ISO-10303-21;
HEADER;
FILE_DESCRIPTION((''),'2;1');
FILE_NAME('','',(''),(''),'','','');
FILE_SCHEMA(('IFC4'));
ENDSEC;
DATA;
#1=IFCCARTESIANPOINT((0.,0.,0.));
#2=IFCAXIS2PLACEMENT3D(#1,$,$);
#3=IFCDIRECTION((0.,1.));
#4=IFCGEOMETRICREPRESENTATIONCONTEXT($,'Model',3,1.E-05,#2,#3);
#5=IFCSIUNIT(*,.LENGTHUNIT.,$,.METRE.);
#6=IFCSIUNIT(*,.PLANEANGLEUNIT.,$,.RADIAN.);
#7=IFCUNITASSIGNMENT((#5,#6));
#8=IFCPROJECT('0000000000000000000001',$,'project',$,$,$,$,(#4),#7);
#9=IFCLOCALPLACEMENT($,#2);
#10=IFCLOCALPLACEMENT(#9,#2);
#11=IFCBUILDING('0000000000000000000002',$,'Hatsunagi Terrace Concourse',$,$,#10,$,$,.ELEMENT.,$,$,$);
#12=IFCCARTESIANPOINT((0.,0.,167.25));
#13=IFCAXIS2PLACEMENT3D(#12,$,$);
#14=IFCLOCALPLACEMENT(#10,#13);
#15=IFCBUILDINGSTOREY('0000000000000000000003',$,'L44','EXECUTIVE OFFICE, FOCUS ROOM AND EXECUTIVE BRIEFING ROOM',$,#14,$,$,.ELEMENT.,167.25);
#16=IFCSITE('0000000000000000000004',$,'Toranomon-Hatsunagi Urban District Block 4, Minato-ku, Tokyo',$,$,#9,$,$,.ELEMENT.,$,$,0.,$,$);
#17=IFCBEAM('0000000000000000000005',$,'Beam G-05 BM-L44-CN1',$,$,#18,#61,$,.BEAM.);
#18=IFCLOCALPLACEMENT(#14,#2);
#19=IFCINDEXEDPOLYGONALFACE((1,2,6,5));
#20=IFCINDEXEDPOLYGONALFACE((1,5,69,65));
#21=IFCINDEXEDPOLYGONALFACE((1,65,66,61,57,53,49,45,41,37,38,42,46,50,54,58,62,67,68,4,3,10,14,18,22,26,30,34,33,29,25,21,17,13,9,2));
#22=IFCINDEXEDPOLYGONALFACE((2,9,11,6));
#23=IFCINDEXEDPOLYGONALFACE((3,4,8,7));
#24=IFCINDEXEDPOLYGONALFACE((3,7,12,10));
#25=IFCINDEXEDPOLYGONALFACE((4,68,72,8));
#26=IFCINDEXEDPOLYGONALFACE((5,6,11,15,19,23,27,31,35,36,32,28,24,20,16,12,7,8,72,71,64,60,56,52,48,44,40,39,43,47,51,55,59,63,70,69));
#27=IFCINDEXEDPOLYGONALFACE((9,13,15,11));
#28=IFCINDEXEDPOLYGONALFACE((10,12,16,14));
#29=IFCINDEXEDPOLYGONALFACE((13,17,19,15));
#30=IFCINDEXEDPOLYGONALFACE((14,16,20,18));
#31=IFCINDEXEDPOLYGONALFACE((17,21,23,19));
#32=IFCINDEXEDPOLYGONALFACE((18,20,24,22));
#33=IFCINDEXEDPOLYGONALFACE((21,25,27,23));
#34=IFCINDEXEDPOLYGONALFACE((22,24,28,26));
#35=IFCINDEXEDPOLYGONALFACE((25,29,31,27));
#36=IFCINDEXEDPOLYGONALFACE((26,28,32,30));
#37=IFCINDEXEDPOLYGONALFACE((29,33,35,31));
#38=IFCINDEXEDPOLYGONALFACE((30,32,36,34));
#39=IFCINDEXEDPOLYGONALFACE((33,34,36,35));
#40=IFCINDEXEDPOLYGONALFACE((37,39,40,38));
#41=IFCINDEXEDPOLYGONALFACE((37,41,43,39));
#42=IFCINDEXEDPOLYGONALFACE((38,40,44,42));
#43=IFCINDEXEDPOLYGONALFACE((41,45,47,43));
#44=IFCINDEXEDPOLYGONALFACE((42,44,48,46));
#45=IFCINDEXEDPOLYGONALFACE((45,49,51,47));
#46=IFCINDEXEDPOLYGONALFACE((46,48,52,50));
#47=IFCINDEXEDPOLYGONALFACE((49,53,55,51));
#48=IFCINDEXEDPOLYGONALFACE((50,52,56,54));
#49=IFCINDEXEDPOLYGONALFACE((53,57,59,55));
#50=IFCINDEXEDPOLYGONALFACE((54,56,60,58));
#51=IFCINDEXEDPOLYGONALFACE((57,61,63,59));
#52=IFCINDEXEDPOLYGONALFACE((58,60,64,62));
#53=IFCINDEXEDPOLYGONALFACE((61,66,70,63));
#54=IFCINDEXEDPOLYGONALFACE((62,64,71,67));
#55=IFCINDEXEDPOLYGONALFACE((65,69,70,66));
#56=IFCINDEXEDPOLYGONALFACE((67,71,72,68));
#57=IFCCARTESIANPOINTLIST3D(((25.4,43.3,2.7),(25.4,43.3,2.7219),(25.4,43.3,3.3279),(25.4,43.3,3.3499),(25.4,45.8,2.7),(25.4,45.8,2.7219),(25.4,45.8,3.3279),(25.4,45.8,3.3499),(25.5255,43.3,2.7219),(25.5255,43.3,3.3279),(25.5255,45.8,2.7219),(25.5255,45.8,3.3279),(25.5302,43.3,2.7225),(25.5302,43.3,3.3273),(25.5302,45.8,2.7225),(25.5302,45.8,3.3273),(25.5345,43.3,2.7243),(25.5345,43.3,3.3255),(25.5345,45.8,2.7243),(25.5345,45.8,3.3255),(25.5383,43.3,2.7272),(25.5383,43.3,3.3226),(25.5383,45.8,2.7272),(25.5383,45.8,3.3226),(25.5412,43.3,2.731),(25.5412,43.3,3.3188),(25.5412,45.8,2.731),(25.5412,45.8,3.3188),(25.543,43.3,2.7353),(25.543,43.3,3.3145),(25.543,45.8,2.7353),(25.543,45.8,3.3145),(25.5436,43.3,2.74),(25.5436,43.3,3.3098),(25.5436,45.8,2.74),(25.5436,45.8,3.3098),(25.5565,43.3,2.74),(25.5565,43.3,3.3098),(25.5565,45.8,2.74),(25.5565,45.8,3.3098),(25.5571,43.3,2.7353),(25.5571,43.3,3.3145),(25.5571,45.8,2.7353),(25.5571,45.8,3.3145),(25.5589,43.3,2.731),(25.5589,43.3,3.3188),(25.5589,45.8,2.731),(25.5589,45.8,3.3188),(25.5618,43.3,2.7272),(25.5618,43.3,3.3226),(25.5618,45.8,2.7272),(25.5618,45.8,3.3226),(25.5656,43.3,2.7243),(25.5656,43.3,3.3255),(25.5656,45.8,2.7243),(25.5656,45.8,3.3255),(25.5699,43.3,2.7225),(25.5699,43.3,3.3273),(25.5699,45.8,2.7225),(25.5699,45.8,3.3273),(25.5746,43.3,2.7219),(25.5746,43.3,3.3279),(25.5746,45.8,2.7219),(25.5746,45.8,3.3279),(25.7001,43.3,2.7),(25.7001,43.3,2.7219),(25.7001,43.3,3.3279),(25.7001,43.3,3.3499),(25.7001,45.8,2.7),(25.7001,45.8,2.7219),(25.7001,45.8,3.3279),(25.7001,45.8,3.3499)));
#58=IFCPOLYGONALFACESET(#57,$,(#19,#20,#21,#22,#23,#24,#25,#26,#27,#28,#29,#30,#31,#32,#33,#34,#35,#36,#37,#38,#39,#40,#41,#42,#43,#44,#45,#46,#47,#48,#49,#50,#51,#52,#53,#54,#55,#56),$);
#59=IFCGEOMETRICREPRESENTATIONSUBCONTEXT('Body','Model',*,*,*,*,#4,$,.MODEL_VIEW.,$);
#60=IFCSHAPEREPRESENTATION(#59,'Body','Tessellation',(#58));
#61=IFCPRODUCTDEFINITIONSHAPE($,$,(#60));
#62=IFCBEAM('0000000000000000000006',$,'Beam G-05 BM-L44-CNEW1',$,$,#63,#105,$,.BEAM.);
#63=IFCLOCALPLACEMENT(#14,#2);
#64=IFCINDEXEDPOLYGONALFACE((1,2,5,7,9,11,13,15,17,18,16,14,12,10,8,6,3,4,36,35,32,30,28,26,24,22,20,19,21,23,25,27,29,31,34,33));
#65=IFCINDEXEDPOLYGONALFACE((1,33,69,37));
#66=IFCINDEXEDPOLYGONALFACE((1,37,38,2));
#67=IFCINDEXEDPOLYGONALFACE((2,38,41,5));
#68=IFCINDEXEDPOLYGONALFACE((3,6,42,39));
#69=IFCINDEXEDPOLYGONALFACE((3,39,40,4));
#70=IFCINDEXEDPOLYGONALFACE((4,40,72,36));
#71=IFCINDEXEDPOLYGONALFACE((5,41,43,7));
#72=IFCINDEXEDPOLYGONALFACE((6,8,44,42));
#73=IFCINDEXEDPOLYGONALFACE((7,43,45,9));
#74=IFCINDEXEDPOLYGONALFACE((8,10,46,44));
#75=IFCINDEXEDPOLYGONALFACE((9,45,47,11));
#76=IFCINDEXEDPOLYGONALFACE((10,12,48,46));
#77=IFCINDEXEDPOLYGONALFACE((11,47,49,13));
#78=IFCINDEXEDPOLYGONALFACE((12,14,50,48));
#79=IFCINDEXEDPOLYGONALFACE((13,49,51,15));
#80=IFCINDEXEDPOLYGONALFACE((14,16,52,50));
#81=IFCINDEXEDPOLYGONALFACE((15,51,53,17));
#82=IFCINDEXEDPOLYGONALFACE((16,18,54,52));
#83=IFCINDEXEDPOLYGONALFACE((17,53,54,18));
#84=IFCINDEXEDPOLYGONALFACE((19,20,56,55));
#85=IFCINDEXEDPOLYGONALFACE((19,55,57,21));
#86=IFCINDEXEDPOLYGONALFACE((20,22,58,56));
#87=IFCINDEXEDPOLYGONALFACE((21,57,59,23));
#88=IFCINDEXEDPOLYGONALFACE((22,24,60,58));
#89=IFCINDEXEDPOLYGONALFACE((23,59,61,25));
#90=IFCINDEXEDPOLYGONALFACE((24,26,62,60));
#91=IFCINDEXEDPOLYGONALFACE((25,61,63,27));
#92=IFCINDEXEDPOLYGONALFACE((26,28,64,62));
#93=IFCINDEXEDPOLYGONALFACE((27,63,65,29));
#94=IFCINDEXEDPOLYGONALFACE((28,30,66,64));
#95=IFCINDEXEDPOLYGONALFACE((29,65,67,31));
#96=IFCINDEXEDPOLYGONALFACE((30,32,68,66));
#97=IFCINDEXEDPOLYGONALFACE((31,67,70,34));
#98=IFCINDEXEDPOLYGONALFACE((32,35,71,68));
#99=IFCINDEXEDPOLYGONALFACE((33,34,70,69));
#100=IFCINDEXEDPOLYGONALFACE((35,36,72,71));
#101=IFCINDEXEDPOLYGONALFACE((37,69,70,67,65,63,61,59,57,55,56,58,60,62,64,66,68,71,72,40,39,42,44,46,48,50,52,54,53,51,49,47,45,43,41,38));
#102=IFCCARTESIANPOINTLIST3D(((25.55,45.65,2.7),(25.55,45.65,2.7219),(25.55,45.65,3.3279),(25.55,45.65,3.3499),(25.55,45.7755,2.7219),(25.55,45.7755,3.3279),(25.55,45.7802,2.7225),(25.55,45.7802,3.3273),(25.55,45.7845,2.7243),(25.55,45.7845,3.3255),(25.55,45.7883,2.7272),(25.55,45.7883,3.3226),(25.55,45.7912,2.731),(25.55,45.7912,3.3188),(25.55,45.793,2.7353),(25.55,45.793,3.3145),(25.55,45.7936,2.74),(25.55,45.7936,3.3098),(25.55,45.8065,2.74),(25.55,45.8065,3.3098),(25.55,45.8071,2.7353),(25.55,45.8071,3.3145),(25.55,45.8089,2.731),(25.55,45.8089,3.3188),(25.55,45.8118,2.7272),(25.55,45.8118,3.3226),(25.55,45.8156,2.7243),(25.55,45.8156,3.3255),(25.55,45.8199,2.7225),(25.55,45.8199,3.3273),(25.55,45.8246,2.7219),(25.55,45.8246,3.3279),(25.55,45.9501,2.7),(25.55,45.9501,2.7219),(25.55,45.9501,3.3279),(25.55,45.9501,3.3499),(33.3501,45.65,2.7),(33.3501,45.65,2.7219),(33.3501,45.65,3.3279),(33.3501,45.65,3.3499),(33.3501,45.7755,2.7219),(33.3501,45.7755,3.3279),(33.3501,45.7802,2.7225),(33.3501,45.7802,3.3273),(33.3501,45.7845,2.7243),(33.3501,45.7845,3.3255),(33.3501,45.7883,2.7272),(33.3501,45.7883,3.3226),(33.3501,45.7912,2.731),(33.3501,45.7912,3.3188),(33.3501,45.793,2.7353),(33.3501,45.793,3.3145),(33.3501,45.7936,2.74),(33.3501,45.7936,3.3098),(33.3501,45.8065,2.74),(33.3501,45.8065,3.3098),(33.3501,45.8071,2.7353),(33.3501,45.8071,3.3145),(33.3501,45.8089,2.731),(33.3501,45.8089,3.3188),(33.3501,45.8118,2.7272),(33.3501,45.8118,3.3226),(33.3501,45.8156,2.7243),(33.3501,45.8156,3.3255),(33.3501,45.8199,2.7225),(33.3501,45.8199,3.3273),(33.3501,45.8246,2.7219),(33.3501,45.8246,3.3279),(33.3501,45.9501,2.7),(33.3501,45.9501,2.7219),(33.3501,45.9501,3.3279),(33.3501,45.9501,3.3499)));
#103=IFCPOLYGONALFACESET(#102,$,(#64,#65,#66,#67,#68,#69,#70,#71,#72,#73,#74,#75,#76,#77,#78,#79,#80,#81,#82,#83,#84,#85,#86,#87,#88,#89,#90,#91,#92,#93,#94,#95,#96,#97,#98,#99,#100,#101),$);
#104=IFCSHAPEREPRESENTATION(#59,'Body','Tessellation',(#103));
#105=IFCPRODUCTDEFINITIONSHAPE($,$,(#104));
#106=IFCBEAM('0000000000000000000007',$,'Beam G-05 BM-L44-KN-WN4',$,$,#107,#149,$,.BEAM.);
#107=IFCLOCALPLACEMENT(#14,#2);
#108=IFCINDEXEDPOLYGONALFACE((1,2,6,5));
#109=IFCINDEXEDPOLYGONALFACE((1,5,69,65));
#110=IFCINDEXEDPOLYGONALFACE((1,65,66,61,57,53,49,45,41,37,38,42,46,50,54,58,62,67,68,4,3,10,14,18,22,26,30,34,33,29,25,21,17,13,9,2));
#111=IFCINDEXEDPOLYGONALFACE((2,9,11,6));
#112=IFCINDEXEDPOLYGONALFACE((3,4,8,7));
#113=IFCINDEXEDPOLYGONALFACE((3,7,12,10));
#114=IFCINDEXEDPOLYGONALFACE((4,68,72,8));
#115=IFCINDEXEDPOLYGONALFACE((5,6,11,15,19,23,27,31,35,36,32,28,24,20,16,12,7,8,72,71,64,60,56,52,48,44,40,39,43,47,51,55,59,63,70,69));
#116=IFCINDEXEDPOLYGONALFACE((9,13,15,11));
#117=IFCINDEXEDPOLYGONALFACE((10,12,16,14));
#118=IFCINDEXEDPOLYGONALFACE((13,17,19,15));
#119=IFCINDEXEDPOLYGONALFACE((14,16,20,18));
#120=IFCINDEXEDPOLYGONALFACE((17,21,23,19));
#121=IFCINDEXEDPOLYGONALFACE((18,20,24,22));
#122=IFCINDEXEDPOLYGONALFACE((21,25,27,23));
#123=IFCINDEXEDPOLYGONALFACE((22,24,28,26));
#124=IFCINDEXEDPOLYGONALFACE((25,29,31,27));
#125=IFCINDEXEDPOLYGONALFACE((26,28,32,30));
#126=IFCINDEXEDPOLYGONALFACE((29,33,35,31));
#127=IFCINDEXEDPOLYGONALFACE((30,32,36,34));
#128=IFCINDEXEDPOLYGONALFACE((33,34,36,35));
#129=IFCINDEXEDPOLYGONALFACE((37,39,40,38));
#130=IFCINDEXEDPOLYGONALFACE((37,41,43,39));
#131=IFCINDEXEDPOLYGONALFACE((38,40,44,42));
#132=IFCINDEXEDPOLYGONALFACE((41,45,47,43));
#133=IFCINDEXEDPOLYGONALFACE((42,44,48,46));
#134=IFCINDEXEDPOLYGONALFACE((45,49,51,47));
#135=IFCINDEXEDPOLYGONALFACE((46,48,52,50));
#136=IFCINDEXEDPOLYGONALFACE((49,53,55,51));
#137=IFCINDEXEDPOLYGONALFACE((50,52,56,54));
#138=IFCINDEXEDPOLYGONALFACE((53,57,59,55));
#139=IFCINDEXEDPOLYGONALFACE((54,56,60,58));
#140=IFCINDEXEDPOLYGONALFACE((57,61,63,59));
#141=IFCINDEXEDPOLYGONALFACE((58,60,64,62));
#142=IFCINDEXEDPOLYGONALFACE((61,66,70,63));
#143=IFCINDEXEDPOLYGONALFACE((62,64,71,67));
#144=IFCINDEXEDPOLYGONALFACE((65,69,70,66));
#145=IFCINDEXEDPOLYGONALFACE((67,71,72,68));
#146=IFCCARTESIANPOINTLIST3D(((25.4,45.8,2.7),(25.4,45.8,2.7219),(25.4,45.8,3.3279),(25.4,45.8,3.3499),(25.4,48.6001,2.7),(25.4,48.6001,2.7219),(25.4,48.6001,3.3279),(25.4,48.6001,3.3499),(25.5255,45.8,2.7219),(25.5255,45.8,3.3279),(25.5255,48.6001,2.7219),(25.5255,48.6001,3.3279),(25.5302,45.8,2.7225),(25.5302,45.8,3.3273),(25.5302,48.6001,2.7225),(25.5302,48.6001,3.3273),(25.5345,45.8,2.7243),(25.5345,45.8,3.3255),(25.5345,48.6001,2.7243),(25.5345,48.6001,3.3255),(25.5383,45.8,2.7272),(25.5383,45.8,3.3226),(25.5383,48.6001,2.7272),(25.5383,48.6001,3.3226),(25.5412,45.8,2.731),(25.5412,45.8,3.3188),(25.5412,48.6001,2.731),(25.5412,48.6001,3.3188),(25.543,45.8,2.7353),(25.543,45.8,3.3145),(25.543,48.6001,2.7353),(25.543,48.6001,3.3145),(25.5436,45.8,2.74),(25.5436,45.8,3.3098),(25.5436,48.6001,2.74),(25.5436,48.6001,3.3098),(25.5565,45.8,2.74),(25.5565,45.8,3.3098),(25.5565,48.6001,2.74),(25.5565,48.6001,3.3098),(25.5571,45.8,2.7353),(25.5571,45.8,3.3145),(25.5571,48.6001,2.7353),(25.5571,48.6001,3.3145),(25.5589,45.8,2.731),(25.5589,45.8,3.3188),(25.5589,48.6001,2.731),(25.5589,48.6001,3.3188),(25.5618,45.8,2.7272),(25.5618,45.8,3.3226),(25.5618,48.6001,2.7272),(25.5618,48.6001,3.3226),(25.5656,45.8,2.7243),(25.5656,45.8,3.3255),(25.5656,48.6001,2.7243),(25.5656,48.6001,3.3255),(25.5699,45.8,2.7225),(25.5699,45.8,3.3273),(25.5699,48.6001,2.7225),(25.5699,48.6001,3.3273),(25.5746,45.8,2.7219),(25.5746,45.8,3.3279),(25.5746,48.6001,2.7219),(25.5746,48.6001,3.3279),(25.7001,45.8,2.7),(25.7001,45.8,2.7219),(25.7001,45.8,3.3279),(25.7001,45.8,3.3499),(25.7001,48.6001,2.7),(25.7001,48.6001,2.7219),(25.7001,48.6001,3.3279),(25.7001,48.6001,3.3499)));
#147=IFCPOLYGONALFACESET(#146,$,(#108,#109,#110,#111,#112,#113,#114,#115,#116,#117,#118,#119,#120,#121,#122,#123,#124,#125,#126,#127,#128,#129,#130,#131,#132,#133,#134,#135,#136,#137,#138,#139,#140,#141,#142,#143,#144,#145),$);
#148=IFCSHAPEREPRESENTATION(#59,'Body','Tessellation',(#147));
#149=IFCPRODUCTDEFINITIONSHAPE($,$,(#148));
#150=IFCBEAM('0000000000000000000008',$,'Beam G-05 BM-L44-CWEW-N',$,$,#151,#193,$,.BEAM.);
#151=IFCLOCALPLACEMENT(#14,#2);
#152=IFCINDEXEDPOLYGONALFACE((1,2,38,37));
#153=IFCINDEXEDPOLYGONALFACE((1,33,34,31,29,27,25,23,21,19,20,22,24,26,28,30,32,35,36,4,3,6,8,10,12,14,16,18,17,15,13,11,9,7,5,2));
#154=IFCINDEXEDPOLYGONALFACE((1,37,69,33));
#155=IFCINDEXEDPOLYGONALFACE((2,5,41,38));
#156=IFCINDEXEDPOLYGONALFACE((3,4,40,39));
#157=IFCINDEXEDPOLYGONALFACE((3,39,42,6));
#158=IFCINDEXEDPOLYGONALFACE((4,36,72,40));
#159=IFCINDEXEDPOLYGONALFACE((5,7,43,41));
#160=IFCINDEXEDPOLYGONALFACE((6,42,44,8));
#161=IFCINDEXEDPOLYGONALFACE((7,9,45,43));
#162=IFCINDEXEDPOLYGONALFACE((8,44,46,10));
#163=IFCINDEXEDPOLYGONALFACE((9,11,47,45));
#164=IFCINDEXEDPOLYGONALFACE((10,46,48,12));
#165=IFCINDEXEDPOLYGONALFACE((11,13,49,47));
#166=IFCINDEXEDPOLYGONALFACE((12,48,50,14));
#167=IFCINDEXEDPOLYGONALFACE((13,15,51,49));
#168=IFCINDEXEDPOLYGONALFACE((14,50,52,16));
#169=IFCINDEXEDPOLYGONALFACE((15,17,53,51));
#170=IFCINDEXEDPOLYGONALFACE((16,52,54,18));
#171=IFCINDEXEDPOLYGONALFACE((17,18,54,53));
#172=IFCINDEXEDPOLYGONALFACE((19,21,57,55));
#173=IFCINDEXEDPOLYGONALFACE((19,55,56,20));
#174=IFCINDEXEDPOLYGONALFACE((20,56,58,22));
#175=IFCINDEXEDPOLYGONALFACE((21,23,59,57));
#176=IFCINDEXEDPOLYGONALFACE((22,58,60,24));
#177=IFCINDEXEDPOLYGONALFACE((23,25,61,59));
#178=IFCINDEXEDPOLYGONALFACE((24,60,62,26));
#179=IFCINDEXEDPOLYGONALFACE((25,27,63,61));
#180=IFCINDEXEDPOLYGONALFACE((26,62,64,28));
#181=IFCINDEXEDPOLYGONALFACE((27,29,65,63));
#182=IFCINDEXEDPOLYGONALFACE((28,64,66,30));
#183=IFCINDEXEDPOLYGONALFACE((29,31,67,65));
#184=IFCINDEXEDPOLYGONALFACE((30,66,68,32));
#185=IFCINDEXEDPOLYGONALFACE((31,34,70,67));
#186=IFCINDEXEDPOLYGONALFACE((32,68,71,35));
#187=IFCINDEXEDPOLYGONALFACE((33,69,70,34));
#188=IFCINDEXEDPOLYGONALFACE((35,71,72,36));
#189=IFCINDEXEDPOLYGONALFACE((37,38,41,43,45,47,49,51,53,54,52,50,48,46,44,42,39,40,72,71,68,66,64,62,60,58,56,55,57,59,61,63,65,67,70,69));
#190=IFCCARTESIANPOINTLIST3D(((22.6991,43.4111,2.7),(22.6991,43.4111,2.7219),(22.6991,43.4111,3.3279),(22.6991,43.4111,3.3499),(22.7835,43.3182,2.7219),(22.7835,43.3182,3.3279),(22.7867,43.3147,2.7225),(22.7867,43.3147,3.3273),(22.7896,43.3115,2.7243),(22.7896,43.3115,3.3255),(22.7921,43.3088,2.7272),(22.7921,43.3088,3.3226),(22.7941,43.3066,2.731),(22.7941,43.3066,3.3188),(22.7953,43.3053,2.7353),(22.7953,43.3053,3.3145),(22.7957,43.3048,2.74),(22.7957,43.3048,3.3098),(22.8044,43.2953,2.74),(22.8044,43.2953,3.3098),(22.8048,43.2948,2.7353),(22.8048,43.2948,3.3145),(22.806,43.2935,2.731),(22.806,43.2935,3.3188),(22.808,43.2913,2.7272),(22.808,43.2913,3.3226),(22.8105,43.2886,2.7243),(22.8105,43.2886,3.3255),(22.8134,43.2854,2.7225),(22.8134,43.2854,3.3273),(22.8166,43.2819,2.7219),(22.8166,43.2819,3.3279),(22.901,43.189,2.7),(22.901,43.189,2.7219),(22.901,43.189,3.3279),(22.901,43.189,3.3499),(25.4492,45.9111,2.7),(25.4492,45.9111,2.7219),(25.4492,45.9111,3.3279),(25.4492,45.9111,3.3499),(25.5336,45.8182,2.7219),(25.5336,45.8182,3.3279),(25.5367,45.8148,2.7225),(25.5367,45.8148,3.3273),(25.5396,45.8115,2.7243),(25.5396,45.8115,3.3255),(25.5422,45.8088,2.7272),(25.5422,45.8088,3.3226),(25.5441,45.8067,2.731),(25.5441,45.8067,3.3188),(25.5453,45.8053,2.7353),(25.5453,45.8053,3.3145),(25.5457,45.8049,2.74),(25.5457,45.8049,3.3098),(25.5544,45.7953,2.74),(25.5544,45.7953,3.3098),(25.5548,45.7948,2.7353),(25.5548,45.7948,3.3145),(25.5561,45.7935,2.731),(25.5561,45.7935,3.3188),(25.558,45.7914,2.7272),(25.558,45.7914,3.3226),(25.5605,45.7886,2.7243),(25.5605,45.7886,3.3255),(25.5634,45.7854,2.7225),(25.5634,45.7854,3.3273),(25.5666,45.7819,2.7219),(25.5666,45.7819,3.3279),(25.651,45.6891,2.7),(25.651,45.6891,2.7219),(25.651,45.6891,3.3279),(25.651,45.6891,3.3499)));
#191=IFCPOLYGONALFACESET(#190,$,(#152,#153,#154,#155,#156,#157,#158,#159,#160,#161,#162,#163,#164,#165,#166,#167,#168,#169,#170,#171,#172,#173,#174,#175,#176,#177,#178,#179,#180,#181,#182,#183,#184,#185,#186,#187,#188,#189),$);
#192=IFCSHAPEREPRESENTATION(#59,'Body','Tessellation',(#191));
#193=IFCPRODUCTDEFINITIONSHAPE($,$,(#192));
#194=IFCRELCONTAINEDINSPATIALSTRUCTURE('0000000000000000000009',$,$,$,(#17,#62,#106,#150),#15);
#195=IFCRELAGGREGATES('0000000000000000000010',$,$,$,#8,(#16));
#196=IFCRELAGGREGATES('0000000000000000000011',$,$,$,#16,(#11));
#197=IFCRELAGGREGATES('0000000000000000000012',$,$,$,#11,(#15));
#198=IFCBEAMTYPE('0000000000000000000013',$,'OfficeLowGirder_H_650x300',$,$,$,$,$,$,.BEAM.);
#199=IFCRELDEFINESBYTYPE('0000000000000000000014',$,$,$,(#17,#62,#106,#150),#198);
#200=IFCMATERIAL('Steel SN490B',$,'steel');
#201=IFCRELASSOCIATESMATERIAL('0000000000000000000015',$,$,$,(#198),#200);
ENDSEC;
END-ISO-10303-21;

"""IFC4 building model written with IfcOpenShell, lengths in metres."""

from ifc_helpers import new_model, si_unit, direction, frame, origin, origin_2d, place, context, subcontext, project, spatial, i_section, extrude, material, material_profile, profile_set, type_object, element, save


model = new_model("IFC4")

# Units and contexts
model_context = context("Model", 3, precision=1e-05, world=origin(), true_north=direction((0.0, 1.0)))
body_context = subcontext(model_context, "Body", "Model", "MODEL_VIEW")
ifc_project = project(units=[si_unit("LENGTHUNIT", "METRE"), si_unit("PLANEANGLEUNIT", "RADIAN")], contexts=[model_context])

# Site, building, storey
site_placement = place(None, origin())
site = spatial("IfcSite", under=ifc_project, at=site_placement, Name="Toranomon-Hatsunagi Urban District Block 4, Minato-ku, Tokyo", CompositionType="ELEMENT", RefElevation=0.0)
building_placement = place(site_placement, origin())
building = spatial("IfcBuilding", under=site, at=building_placement, Name="Hatsunagi Terrace Concourse", CompositionType="ELEMENT")
storey_placement = place(building_placement, frame((0.0, 0.0, 167.25)))
storey = spatial("IfcBuildingStorey", under=building, at=storey_placement, Name="L44", Description="EXECUTIVE OFFICE, FOCUS ROOM AND EXECUTIVE BRIEFING ROOM", CompositionType="ELEMENT", Elevation=167.25)

# Beams
ifc_material_1 = material(Name="Steel SN490B", Category="steel")
ifc_material_profile_1 = material_profile(ifc_material_1, i_section(OverallWidth=0.3, OverallDepth=0.6499, WebThickness=0.0129, FlangeThickness=0.022, FilletRadius=0.0181, at=origin_2d()), Name="H-650x300x13x22")
ifc_profile_set_1 = profile_set([ifc_material_profile_1], Name="Steel SN490B")
beam_type_1 = type_object("IfcBeamType", Name="OfficeLowGirder_H_650x300", PredefinedType="BEAM", material=ifc_profile_set_1)
beam_1_placement = place(storey_placement, frame((25.55, 43.3, 3.0249), z_axis=(0.0, 1.0, 0.0), x_axis=(-1.0, 0.0, 0.0)))
element("IfcBeam", 1, at=beam_1_placement, inside=storey, type_object=beam_type_1, Name="Beam G-05 BM-L44-CN1", PredefinedType="BEAM", context=body_context, shape_type="SweptSolid", body=[
    extrude(i_section(OverallWidth=0.3, OverallDepth=0.6499, WebThickness=0.0129, FlangeThickness=0.022, FilletRadius=0.0181, at=origin_2d()), origin(), (0.0, 0.0, 1.0), 2.5),
])
beam_2_placement = place(storey_placement, frame((25.55, 45.8, 3.0249), z_axis=(1.0, 0.0, 0.0), x_axis=(0.0, 1.0, 0.0)))
element("IfcBeam", 2, at=beam_2_placement, inside=storey, type_object=beam_type_1, Name="Beam G-05 BM-L44-CNEW1", PredefinedType="BEAM", context=body_context, shape_type="SweptSolid", body=[
    extrude(i_section(OverallWidth=0.3, OverallDepth=0.6499, WebThickness=0.0129, FlangeThickness=0.022, FilletRadius=0.0181, at=origin_2d()), origin(), (0.0, 0.0, 1.0), 7.8),
])
beam_3_placement = place(storey_placement, frame((25.55, 45.8, 3.0249), z_axis=(0.0, 1.0, 0.0), x_axis=(-1.0, 0.0, 0.0)))
element("IfcBeam", 3, at=beam_3_placement, inside=storey, type_object=beam_type_1, Name="Beam G-05 BM-L44-KN-WN4", PredefinedType="BEAM", context=body_context, shape_type="SweptSolid", body=[
    extrude(i_section(OverallWidth=0.3, OverallDepth=0.6499, WebThickness=0.0129, FlangeThickness=0.022, FilletRadius=0.0181, at=origin_2d()), origin(), (0.0, 0.0, 1.0), 2.8),
])
beam_4_placement = place(storey_placement, frame((22.8, 43.3, 3.0249), z_axis=(0.73994, 0.672673, 0.0), x_axis=(-0.672673, 0.73994, 0.0)))
element("IfcBeam", 4, at=beam_4_placement, inside=storey, type_object=beam_type_1, Name="Beam G-05 BM-L44-CWEW-N", PredefinedType="BEAM", context=body_context, shape_type="SweptSolid", body=[
    extrude(i_section(OverallWidth=0.3, OverallDepth=0.6499, WebThickness=0.0129, FlangeThickness=0.022, FilletRadius=0.0181, at=origin_2d()), origin(), (0.0, 0.0, 1.0), 3.7166),
])

save(model, "model.ifc")
